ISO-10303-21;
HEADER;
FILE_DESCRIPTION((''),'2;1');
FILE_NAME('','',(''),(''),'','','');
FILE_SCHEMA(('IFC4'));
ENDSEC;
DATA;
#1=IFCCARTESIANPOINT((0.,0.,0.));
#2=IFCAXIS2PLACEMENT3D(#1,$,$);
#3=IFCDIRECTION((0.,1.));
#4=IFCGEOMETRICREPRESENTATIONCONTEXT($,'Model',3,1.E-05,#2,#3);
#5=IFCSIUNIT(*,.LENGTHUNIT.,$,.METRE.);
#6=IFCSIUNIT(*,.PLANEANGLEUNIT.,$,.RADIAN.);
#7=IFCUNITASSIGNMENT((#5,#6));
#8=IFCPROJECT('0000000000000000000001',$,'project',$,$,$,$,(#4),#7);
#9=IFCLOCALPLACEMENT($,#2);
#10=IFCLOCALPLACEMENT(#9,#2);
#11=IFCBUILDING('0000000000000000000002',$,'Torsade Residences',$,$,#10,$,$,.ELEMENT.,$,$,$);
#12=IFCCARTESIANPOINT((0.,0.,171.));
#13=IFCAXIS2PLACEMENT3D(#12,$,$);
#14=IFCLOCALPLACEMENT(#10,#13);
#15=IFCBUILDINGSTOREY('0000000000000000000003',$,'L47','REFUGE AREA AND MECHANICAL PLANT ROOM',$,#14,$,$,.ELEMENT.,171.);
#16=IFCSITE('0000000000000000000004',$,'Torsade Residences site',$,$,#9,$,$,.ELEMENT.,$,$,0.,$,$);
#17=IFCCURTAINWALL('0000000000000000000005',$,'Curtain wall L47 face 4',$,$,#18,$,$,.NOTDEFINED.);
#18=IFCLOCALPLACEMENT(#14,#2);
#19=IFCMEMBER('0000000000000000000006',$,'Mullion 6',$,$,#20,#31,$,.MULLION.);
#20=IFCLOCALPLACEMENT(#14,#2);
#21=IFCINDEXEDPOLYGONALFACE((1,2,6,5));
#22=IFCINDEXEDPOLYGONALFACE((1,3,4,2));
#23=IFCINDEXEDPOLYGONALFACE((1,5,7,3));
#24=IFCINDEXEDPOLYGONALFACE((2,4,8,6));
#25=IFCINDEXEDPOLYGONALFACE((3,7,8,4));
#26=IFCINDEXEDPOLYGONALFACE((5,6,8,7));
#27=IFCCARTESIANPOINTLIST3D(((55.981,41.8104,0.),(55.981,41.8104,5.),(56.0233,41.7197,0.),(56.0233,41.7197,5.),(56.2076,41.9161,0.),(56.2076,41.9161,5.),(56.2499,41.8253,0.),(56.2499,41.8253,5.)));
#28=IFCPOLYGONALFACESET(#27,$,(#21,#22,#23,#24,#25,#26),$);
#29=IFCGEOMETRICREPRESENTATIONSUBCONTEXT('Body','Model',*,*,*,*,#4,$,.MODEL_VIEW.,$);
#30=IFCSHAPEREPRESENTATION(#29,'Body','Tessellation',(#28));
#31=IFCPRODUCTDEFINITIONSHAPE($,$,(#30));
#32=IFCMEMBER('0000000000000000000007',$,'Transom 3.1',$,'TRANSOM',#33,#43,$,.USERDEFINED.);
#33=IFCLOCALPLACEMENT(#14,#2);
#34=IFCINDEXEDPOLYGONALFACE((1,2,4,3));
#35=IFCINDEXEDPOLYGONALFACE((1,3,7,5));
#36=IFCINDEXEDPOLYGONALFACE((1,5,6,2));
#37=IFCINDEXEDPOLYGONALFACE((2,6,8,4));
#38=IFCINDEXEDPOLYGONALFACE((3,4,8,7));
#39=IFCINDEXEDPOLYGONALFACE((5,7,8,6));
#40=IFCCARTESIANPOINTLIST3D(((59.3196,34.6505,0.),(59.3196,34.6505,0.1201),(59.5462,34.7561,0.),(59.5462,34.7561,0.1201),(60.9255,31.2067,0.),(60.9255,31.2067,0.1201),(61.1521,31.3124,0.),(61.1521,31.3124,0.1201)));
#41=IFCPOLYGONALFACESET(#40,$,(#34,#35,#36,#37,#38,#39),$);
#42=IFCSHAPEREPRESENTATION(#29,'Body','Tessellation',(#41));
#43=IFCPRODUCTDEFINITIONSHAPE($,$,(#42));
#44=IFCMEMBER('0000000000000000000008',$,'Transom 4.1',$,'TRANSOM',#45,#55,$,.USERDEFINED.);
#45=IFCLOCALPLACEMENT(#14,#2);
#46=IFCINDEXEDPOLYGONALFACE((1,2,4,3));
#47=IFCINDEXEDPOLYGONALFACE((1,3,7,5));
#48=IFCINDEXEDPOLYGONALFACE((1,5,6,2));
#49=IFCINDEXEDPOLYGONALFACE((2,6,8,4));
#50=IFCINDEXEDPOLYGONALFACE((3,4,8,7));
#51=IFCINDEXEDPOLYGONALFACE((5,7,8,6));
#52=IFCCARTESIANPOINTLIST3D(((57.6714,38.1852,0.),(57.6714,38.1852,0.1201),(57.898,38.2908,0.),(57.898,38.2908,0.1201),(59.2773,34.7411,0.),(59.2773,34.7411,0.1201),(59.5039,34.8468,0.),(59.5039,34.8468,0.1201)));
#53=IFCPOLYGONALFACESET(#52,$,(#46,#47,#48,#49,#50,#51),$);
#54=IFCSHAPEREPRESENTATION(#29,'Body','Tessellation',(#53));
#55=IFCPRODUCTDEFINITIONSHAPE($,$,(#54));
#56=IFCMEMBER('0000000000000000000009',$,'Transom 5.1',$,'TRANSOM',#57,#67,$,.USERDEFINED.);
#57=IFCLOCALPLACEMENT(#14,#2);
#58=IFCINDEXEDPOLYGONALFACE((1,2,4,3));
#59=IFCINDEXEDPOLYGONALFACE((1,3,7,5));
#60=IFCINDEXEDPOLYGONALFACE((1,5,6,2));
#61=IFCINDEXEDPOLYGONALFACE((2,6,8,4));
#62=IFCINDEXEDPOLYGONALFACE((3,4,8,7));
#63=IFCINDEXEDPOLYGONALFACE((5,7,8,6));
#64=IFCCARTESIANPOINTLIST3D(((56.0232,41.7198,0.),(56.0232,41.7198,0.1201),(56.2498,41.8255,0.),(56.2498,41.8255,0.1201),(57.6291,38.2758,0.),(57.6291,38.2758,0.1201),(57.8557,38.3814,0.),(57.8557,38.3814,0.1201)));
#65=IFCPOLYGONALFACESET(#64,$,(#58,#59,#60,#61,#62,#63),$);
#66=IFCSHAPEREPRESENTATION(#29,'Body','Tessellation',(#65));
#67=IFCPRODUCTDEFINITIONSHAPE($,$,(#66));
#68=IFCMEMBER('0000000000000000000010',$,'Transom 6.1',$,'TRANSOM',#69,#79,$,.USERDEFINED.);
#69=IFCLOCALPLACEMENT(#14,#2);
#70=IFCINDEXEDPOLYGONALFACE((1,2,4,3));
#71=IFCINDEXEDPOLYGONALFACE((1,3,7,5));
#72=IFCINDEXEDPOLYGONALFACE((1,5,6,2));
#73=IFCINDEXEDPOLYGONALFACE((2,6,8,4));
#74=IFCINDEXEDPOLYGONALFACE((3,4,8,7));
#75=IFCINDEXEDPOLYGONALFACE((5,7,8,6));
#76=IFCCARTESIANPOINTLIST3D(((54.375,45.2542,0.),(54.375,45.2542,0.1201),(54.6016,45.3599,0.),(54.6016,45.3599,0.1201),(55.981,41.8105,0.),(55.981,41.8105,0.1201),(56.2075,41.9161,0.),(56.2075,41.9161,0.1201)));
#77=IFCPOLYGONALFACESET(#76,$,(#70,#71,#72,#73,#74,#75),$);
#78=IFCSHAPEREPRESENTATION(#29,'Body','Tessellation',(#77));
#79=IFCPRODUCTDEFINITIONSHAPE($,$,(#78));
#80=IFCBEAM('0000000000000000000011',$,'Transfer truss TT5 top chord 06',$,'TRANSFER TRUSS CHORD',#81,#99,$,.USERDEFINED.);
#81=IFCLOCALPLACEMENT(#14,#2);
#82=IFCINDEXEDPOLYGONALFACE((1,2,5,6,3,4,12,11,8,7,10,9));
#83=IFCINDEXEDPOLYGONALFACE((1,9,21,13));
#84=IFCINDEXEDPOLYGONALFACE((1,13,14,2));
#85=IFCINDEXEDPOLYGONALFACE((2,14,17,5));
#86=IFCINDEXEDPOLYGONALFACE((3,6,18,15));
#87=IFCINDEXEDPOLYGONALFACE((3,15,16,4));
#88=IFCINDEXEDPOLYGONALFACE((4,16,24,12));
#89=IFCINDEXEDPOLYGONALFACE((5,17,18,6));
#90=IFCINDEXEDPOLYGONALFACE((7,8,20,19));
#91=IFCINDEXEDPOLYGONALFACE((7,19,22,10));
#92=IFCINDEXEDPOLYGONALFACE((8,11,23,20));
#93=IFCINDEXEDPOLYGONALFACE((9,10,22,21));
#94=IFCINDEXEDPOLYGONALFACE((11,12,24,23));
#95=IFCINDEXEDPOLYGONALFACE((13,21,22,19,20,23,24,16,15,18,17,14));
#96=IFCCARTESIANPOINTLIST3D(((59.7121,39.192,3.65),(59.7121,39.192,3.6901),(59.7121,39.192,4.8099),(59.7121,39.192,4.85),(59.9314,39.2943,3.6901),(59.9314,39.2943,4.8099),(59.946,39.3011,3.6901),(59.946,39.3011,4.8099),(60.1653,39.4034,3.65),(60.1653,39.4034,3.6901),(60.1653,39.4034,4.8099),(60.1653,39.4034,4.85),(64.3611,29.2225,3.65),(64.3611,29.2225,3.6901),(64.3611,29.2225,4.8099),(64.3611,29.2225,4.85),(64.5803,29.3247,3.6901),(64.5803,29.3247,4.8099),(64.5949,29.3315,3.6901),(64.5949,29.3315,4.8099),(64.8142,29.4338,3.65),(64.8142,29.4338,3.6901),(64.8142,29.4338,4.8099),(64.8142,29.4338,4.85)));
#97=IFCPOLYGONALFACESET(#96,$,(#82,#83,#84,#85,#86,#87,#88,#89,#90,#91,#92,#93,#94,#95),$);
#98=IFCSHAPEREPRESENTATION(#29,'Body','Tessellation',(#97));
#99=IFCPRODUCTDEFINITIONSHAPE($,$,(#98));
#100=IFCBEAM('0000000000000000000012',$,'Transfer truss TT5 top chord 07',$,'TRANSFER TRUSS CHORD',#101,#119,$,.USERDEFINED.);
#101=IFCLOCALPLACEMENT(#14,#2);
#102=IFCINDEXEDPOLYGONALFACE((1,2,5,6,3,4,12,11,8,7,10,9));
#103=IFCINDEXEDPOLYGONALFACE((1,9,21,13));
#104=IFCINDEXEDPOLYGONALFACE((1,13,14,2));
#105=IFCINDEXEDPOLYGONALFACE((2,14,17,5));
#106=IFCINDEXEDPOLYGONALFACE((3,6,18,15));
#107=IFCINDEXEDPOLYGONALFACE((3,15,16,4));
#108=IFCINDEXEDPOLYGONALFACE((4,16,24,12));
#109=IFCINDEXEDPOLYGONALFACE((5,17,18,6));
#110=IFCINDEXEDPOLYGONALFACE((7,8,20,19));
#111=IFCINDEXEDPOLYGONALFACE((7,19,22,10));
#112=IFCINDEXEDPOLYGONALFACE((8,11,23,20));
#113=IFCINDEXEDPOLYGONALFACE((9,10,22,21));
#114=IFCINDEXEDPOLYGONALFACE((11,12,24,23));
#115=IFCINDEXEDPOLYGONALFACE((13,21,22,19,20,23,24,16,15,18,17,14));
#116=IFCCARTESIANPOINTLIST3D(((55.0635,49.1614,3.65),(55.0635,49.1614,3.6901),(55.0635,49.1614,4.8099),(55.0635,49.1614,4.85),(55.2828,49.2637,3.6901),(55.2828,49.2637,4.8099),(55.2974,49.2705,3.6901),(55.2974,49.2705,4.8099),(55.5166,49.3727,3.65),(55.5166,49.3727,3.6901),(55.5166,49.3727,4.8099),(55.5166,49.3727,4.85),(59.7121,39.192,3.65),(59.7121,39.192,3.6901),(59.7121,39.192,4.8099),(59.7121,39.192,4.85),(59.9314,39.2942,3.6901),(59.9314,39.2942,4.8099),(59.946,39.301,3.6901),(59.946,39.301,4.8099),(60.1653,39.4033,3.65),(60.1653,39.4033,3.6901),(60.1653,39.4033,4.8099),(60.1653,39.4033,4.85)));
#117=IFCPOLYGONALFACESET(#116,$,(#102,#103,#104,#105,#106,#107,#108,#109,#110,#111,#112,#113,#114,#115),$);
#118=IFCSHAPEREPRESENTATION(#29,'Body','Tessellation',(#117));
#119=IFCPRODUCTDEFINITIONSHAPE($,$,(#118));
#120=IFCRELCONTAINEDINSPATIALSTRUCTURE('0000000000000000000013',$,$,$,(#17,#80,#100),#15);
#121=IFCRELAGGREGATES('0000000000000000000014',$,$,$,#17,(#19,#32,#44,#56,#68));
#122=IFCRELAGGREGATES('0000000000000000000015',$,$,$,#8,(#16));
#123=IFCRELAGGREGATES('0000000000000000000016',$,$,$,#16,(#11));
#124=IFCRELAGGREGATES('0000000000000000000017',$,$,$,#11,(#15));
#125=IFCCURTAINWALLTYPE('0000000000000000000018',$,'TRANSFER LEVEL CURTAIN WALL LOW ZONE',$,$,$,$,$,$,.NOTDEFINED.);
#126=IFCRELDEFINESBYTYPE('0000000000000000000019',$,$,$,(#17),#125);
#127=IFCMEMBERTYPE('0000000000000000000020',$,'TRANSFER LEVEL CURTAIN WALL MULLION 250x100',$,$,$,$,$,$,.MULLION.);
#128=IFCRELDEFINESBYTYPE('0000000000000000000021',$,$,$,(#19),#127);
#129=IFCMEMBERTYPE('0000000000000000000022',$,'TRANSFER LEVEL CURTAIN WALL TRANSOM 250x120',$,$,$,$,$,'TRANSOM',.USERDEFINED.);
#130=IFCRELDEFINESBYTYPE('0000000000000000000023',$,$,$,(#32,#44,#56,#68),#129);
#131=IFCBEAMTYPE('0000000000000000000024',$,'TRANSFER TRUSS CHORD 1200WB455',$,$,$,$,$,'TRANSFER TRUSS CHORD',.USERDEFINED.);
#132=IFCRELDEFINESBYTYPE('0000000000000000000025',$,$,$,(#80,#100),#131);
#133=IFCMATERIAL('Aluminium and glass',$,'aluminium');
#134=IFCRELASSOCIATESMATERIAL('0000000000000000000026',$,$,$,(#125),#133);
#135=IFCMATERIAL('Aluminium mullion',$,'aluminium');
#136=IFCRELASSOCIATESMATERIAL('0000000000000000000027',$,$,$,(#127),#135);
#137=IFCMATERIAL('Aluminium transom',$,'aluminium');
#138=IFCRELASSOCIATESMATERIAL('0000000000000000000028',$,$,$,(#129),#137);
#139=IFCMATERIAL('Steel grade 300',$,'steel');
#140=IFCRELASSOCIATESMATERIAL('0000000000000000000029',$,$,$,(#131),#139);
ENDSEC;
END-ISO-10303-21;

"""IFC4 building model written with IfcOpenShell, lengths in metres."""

from ifc_helpers import new_model, si_unit, direction, frame, origin, origin_2d, place, context, subcontext, project, spatial, rectangle, i_section, extrude, material, material_profile, profile_set, type_object, element, aggregate, save


model = new_model("IFC4")

# Units and contexts
model_context = context("Model", 3, precision=1e-05, world=origin(), true_north=direction((0.0, 1.0)))
body_context = subcontext(model_context, "Body", "Model", "MODEL_VIEW")
ifc_project = project(units=[si_unit("LENGTHUNIT", "METRE"), si_unit("PLANEANGLEUNIT", "RADIAN")], contexts=[model_context])

# Site, building, storey
site_placement = place(None, origin())
site = spatial("IfcSite", under=ifc_project, at=site_placement, Name="Torsade Residences site", CompositionType="ELEMENT", RefElevation=0.0)
building_placement = place(site_placement, origin())
building = spatial("IfcBuilding", under=site, at=building_placement, Name="Torsade Residences", CompositionType="ELEMENT")
storey_placement = place(building_placement, frame((0.0, 0.0, 171.0)))
storey = spatial("IfcBuildingStorey", under=building, at=storey_placement, Name="L47", Description="REFUGE AREA AND MECHANICAL PLANT ROOM", CompositionType="ELEMENT", Elevation=171.0)

# Curtain wall, members
ifc_material_1 = material(Name="Aluminium and glass", Category="aluminium")
curtain_wall_type = type_object("IfcCurtainWallType", Name="TRANSFER LEVEL CURTAIN WALL LOW ZONE", PredefinedType="NOTDEFINED", material=ifc_material_1)
curtain_wall_placement = place(storey_placement, origin())
curtain_wall = element("IfcCurtainWall", 1, at=curtain_wall_placement, inside=storey, type_object=curtain_wall_type, Name="Curtain wall L47 face 4", PredefinedType="NOTDEFINED")
ifc_material_2 = material(Name="Aluminium mullion", Category="aluminium")
ifc_material_profile_1 = material_profile(ifc_material_2, rectangle(XDim=0.25, YDim=0.1001, at=origin_2d()), Name="TRANSFER LEVEL CURTAIN WALL MULLION 250x100")
ifc_profile_set_1 = profile_set([ifc_material_profile_1], Name="Aluminium mullion")
member_type_1 = type_object("IfcMemberType", Name="TRANSFER LEVEL CURTAIN WALL MULLION 250x100", PredefinedType="MULLION", material=ifc_profile_set_1)
member_1_placement = place(storey_placement, frame((56.1155, 41.8179, 0.0), z_axis=(0.0, 0.0, 1.0), x_axis=(-0.906308, -0.422618, 0.0)))
member_1 = element("IfcMember", 2, at=member_1_placement, type_object=member_type_1, Name="Mullion 6", PredefinedType="MULLION", context=body_context, shape_type="SweptSolid", body=[
    extrude(rectangle(XDim=0.25, YDim=0.1001, at=origin_2d()), origin(), (0.0, 0.0, 1.0), 5.0),
])
ifc_material_3 = material(Name="Aluminium transom", Category="aluminium")
ifc_material_profile_2 = material_profile(ifc_material_3, rectangle(XDim=0.25, YDim=0.1201, at=origin_2d()), Name="TRANSFER LEVEL CURTAIN WALL TRANSOM 250x120")
ifc_profile_set_2 = profile_set([ifc_material_profile_2], Name="Aluminium transom")
member_type_2 = type_object("IfcMemberType", Name="TRANSFER LEVEL CURTAIN WALL TRANSOM 250x120", ElementType="TRANSOM", PredefinedType="USERDEFINED", material=ifc_profile_set_2)
member_2_placement = place(storey_placement, frame((61.0388, 31.2595, 0.0601), z_axis=(-0.422632, 0.906301, 0.0), x_axis=(-0.906301, -0.422632, 0.0)))
member_2 = element("IfcMember", 3, at=member_2_placement, type_object=member_type_2, Name="Transom 3.1", ObjectType="TRANSOM", PredefinedType="USERDEFINED", context=body_context, shape_type="SweptSolid", body=[
    extrude(rectangle(XDim=0.25, YDim=0.1201, at=origin_2d()), origin(), (0.0, 0.0, 1.0), 3.7998),
])
member_3_placement = place(storey_placement, frame((59.3906, 34.7939, 0.0601), z_axis=(-0.422608, 0.906313, 0.0), x_axis=(-0.906313, -0.422608, 0.0)))
member_3 = element("IfcMember", 4, at=member_3_placement, type_object=member_type_2, Name="Transom 4.1", ObjectType="TRANSOM", PredefinedType="USERDEFINED", context=body_context, shape_type="SweptSolid", body=[
    extrude(rectangle(XDim=0.25, YDim=0.1201, at=origin_2d()), origin(), (0.0, 0.0, 1.0), 3.8),
])
member_4_placement = place(storey_placement, frame((57.7424, 38.3286, 0.0601), z_axis=(-0.422608, 0.906313, 0.0), x_axis=(-0.906313, -0.422608, 0.0)))
member_4 = element("IfcMember", 5, at=member_4_placement, type_object=member_type_2, Name="Transom 5.1", ObjectType="TRANSOM", PredefinedType="USERDEFINED", context=body_context, shape_type="SweptSolid", body=[
    extrude(rectangle(XDim=0.25, YDim=0.1201, at=origin_2d()), origin(), (0.0, 0.0, 1.0), 3.8),
])
member_5_placement = place(storey_placement, frame((56.0942, 41.8633, 0.0601), z_axis=(-0.422632, 0.906301, 0.0), x_axis=(-0.906301, -0.422632, 0.0)))
member_5 = element("IfcMember", 6, at=member_5_placement, type_object=member_type_2, Name="Transom 6.1", ObjectType="TRANSOM", PredefinedType="USERDEFINED", context=body_context, shape_type="SweptSolid", body=[
    extrude(rectangle(XDim=0.25, YDim=0.1201, at=origin_2d()), origin(), (0.0, 0.0, 1.0), 3.7998),
])

# Beams
ifc_material_4 = material(Name="Steel grade 300", Category="steel")
ifc_material_profile_3 = material_profile(ifc_material_4, i_section(OverallWidth=0.5, OverallDepth=1.2, WebThickness=0.0161, FlangeThickness=0.04, at=origin_2d()), Name="1200WB455")
ifc_profile_set_3 = profile_set([ifc_material_profile_3], Name="Steel grade 300")
beam_type_1 = type_object("IfcBeamType", Name="TRANSFER TRUSS CHORD 1200WB455", ElementType="TRANSFER TRUSS CHORD", PredefinedType="USERDEFINED", material=ifc_profile_set_3)
beam_1_placement = place(storey_placement, frame((64.5876, 29.3281, 4.25), z_axis=(-0.422624, 0.906305, 0.0), x_axis=(-0.906305, -0.422624, 0.0)))
element("IfcBeam", 7, at=beam_1_placement, inside=storey, type_object=beam_type_1, Name="Transfer truss TT5 top chord 06", ObjectType="TRANSFER TRUSS CHORD", PredefinedType="USERDEFINED", context=body_context, shape_type="SweptSolid", body=[
    extrude(i_section(OverallWidth=0.5, OverallDepth=1.2, WebThickness=0.0161, FlangeThickness=0.04, at=origin_2d()), origin(), (0.0, 0.0, 1.0), 11.0002),
])
beam_2_placement = place(storey_placement, frame((59.9387, 39.2976, 4.25), z_axis=(-0.422606, 0.906314, 0.0), x_axis=(-0.906314, -0.422606, 0.0)))
element("IfcBeam", 8, at=beam_2_placement, inside=storey, type_object=beam_type_1, Name="Transfer truss TT5 top chord 07", ObjectType="TRANSFER TRUSS CHORD", PredefinedType="USERDEFINED", context=body_context, shape_type="SweptSolid", body=[
    extrude(i_section(OverallWidth=0.5, OverallDepth=1.2, WebThickness=0.0161, FlangeThickness=0.04, at=origin_2d()), origin(), (0.0, 0.0, 1.0), 11.0),
])

aggregate(curtain_wall, [member_1, member_2, member_3, member_4, member_5])

save(model, "model.ifc")
